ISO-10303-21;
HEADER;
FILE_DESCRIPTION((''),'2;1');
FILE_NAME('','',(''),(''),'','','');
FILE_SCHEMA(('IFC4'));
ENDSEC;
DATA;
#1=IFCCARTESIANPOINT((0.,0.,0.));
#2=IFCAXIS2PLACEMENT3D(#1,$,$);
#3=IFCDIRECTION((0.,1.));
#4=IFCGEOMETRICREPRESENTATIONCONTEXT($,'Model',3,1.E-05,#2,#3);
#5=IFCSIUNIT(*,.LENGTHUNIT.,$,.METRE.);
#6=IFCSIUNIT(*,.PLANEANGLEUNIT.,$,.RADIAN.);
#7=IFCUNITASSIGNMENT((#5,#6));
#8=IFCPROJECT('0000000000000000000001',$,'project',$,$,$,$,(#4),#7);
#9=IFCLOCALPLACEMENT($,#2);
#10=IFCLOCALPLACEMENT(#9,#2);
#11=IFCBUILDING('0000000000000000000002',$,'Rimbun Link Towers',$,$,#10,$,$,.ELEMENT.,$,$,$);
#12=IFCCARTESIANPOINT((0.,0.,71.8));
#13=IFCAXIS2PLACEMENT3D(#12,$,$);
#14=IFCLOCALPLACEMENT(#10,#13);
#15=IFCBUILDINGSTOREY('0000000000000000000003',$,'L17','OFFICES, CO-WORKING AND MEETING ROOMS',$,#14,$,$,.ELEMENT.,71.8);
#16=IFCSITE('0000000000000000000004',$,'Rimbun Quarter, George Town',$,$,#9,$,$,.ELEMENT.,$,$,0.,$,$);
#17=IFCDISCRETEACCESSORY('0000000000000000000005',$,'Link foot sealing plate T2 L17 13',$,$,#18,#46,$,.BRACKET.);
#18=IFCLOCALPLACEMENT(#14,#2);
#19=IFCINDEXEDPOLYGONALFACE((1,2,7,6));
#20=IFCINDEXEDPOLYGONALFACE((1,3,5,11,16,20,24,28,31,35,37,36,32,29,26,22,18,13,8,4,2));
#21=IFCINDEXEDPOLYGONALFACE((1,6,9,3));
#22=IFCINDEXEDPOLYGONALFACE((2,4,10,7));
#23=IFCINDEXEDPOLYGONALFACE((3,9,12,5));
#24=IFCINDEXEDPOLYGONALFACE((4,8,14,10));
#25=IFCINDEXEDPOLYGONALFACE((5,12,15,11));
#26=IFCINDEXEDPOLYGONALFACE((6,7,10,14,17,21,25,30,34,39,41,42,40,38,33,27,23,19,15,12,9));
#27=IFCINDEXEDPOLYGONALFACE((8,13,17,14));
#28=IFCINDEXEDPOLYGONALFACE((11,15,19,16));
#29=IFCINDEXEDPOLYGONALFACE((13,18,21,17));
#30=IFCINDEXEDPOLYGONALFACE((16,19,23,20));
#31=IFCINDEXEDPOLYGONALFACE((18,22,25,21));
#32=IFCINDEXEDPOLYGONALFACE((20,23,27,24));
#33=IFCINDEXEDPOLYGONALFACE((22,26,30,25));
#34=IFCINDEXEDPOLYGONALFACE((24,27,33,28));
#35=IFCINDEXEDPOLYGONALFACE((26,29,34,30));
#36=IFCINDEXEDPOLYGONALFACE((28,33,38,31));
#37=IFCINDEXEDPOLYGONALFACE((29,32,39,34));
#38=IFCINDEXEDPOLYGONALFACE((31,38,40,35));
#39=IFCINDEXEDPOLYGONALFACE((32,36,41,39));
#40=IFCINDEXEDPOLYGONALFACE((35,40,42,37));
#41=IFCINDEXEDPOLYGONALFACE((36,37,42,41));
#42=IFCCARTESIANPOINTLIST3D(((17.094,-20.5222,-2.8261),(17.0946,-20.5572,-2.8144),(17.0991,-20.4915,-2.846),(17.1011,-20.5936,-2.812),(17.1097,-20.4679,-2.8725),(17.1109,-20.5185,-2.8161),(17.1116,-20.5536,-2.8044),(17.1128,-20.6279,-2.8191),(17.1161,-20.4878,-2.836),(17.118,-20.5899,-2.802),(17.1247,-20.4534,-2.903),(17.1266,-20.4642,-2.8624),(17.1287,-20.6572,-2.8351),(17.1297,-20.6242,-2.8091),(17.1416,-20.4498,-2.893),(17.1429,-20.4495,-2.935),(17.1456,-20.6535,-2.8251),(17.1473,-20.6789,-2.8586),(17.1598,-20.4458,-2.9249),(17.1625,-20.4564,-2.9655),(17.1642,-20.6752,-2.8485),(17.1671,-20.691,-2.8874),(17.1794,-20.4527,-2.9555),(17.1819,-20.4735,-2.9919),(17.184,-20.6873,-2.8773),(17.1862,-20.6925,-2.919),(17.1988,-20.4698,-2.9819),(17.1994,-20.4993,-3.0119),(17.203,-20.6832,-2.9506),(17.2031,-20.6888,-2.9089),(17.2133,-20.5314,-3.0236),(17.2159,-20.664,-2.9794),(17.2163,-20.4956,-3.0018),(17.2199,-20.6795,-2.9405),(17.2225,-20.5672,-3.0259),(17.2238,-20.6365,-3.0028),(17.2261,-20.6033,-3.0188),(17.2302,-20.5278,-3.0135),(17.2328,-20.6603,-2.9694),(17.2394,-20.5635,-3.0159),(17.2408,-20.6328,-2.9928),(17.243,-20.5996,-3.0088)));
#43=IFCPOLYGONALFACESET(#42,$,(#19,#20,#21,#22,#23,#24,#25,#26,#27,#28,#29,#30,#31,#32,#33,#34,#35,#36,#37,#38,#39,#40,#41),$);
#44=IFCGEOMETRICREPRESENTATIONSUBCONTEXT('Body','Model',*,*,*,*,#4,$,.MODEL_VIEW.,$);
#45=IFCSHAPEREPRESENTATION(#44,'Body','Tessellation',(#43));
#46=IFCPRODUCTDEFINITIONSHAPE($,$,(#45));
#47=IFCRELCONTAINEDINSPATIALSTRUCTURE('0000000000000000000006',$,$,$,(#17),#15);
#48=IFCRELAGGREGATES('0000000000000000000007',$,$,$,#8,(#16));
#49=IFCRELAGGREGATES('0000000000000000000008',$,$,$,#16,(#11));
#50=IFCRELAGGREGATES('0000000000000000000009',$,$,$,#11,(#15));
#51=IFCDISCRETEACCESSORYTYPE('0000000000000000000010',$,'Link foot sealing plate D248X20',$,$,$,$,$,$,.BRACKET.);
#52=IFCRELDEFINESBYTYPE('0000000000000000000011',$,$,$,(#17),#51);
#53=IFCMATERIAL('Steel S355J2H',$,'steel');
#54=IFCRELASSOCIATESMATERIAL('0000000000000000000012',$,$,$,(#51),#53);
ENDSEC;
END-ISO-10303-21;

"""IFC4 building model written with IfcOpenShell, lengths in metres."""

from ifc_helpers import new_model, si_unit, direction, frame, origin, origin_2d, place, context, subcontext, project, spatial, circle, extrude, material, material_profile, profile_set, type_object, element, save


model = new_model("IFC4")

# Units and contexts
model_context = context("Model", 3, precision=1e-05, world=origin(), true_north=direction((0.0, 1.0)))
body_context = subcontext(model_context, "Body", "Model", "MODEL_VIEW")
ifc_project = project(units=[si_unit("LENGTHUNIT", "METRE"), si_unit("PLANEANGLEUNIT", "RADIAN")], contexts=[model_context])

# Site, building, storey
site_placement = place(None, origin())
site = spatial("IfcSite", under=ifc_project, at=site_placement, Name="Rimbun Quarter, George Town", CompositionType="ELEMENT", RefElevation=0.0)
building_placement = place(site_placement, origin())
building = spatial("IfcBuilding", under=site, at=building_placement, Name="Rimbun Link Towers", CompositionType="ELEMENT")
storey_placement = place(building_placement, frame((0.0, 0.0, 71.8)))
storey = spatial("IfcBuildingStorey", under=building, at=storey_placement, Name="L17", Description="OFFICES, CO-WORKING AND MEETING ROOMS", CompositionType="ELEMENT", Elevation=71.8)

# Discrete accessory
ifc_material_1 = material(Name="Steel S355J2H", Category="steel")
ifc_material_profile_1 = material_profile(ifc_material_1, circle(Radius=0.124, at=origin_2d()), Name="PL D248")
ifc_profile_set_1 = profile_set([ifc_material_profile_1], Name="Steel S355J2H")
discrete_accessory_type = type_object("IfcDiscreteAccessoryType", Name="Link foot sealing plate D248X20", PredefinedType="BRACKET", material=ifc_profile_set_1)
discrete_accessory_placement = place(storey_placement, frame((17.1768, -20.5676, -2.9089), z_axis=(-0.845053, -0.183707, -0.502133), x_axis=(0.21243, -0.977176, 0.0)))
element("IfcDiscreteAccessory", 1, at=discrete_accessory_placement, inside=storey, type_object=discrete_accessory_type, Name="Link foot sealing plate T2 L17 13", PredefinedType="BRACKET", context=body_context, shape_type="SweptSolid", body=[
    extrude(circle(Radius=0.124, at=origin_2d()), origin(), (0.0, 0.0, 1.0), 0.02),
])

save(model, "model.ifc")
